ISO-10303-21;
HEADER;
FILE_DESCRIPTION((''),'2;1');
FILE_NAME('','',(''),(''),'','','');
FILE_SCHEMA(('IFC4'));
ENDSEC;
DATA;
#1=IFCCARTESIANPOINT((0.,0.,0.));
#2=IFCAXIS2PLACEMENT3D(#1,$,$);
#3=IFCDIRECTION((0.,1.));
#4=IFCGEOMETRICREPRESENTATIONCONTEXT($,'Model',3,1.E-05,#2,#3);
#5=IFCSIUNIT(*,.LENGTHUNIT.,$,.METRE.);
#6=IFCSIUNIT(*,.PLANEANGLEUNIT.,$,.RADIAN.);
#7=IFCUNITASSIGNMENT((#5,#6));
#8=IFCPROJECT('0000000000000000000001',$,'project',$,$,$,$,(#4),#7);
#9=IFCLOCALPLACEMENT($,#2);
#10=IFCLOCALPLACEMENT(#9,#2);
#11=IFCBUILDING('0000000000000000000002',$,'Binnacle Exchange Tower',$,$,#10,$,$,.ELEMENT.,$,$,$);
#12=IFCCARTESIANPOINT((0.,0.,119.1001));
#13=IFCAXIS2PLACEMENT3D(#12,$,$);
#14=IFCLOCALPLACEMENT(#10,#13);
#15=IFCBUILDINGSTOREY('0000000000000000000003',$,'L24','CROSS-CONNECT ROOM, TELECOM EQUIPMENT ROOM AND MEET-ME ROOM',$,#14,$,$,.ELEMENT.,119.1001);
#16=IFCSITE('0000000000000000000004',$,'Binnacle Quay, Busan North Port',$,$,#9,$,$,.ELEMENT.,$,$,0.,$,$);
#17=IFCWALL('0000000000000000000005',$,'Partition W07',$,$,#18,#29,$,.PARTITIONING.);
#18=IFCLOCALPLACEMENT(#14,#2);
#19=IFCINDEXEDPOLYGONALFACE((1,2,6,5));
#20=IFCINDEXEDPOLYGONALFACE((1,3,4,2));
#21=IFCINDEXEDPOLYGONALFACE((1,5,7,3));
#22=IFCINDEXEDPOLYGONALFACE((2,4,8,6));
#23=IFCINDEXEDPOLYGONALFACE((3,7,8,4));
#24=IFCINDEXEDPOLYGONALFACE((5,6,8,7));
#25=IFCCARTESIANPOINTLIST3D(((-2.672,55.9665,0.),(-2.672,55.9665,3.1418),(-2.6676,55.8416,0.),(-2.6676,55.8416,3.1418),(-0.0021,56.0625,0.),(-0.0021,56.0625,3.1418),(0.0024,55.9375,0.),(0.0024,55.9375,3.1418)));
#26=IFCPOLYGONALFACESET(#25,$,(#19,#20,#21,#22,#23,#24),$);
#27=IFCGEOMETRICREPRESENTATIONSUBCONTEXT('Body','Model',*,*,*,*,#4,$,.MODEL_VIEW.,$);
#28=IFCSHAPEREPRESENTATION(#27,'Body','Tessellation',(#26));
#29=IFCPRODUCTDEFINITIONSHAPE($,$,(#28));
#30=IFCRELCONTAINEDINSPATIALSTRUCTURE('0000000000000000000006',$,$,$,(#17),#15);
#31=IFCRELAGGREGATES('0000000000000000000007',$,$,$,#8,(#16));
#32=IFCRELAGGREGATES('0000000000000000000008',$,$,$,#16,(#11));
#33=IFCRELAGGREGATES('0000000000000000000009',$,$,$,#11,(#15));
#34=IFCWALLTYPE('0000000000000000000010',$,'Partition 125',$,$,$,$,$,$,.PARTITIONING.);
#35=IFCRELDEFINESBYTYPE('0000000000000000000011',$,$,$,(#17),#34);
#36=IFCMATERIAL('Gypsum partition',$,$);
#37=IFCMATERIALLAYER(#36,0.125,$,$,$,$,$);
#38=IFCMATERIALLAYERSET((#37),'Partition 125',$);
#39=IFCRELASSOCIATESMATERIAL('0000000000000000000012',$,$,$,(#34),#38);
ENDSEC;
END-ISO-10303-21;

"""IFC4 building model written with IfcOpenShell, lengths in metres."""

from ifc_helpers import new_model, si_unit, direction, frame, frame_2d, origin, place, context, subcontext, project, spatial, rectangle, extrude, material, layer, layer_set, type_object, element, save


model = new_model("IFC4")

# Units and contexts
model_context = context("Model", 3, precision=1e-05, world=origin(), true_north=direction((0.0, 1.0)))
body_context = subcontext(model_context, "Body", "Model", "MODEL_VIEW")
ifc_project = project(units=[si_unit("LENGTHUNIT", "METRE"), si_unit("PLANEANGLEUNIT", "RADIAN")], contexts=[model_context])

# Site, building, storey
site_placement = place(None, origin())
site = spatial("IfcSite", under=ifc_project, at=site_placement, Name="Binnacle Quay, Busan North Port", CompositionType="ELEMENT", RefElevation=0.0)
building_placement = place(site_placement, origin())
building = spatial("IfcBuilding", under=site, at=building_placement, Name="Binnacle Exchange Tower", CompositionType="ELEMENT")
storey_placement = place(building_placement, frame((0.0, 0.0, 119.1001)))
storey = spatial("IfcBuildingStorey", under=building, at=storey_placement, Name="L24", Description="CROSS-CONNECT ROOM, TELECOM EQUIPMENT ROOM AND MEET-ME ROOM", CompositionType="ELEMENT", Elevation=119.1001)

# Wall
ifc_material_1 = material(Name="Gypsum partition")
ifc_layer_1 = layer(ifc_material_1, 0.125)
ifc_layer_set_1 = layer_set([ifc_layer_1], Name="Partition 125")
wall_type_1 = type_object("IfcWallType", Name="Partition 125", PredefinedType="PARTITIONING", material=ifc_layer_set_1)
wall_1_placement = place(storey_placement, frame((-2.6699, 55.9041, 0.0), z_axis=(0.0, 0.0, 1.0), x_axis=(0.999355, 0.035913, 0.0)))
element("IfcWall", 1, at=wall_1_placement, inside=storey, type_object=wall_type_1, Name="Partition W07", PredefinedType="PARTITIONING", context=body_context, shape_type="SweptSolid", body=[
    extrude(rectangle(XDim=2.6716, YDim=0.125, at=frame_2d((1.3359, 0.0))), origin(), (0.0, 0.0, 1.0), 3.1418),
])

save(model, "model.ifc")
